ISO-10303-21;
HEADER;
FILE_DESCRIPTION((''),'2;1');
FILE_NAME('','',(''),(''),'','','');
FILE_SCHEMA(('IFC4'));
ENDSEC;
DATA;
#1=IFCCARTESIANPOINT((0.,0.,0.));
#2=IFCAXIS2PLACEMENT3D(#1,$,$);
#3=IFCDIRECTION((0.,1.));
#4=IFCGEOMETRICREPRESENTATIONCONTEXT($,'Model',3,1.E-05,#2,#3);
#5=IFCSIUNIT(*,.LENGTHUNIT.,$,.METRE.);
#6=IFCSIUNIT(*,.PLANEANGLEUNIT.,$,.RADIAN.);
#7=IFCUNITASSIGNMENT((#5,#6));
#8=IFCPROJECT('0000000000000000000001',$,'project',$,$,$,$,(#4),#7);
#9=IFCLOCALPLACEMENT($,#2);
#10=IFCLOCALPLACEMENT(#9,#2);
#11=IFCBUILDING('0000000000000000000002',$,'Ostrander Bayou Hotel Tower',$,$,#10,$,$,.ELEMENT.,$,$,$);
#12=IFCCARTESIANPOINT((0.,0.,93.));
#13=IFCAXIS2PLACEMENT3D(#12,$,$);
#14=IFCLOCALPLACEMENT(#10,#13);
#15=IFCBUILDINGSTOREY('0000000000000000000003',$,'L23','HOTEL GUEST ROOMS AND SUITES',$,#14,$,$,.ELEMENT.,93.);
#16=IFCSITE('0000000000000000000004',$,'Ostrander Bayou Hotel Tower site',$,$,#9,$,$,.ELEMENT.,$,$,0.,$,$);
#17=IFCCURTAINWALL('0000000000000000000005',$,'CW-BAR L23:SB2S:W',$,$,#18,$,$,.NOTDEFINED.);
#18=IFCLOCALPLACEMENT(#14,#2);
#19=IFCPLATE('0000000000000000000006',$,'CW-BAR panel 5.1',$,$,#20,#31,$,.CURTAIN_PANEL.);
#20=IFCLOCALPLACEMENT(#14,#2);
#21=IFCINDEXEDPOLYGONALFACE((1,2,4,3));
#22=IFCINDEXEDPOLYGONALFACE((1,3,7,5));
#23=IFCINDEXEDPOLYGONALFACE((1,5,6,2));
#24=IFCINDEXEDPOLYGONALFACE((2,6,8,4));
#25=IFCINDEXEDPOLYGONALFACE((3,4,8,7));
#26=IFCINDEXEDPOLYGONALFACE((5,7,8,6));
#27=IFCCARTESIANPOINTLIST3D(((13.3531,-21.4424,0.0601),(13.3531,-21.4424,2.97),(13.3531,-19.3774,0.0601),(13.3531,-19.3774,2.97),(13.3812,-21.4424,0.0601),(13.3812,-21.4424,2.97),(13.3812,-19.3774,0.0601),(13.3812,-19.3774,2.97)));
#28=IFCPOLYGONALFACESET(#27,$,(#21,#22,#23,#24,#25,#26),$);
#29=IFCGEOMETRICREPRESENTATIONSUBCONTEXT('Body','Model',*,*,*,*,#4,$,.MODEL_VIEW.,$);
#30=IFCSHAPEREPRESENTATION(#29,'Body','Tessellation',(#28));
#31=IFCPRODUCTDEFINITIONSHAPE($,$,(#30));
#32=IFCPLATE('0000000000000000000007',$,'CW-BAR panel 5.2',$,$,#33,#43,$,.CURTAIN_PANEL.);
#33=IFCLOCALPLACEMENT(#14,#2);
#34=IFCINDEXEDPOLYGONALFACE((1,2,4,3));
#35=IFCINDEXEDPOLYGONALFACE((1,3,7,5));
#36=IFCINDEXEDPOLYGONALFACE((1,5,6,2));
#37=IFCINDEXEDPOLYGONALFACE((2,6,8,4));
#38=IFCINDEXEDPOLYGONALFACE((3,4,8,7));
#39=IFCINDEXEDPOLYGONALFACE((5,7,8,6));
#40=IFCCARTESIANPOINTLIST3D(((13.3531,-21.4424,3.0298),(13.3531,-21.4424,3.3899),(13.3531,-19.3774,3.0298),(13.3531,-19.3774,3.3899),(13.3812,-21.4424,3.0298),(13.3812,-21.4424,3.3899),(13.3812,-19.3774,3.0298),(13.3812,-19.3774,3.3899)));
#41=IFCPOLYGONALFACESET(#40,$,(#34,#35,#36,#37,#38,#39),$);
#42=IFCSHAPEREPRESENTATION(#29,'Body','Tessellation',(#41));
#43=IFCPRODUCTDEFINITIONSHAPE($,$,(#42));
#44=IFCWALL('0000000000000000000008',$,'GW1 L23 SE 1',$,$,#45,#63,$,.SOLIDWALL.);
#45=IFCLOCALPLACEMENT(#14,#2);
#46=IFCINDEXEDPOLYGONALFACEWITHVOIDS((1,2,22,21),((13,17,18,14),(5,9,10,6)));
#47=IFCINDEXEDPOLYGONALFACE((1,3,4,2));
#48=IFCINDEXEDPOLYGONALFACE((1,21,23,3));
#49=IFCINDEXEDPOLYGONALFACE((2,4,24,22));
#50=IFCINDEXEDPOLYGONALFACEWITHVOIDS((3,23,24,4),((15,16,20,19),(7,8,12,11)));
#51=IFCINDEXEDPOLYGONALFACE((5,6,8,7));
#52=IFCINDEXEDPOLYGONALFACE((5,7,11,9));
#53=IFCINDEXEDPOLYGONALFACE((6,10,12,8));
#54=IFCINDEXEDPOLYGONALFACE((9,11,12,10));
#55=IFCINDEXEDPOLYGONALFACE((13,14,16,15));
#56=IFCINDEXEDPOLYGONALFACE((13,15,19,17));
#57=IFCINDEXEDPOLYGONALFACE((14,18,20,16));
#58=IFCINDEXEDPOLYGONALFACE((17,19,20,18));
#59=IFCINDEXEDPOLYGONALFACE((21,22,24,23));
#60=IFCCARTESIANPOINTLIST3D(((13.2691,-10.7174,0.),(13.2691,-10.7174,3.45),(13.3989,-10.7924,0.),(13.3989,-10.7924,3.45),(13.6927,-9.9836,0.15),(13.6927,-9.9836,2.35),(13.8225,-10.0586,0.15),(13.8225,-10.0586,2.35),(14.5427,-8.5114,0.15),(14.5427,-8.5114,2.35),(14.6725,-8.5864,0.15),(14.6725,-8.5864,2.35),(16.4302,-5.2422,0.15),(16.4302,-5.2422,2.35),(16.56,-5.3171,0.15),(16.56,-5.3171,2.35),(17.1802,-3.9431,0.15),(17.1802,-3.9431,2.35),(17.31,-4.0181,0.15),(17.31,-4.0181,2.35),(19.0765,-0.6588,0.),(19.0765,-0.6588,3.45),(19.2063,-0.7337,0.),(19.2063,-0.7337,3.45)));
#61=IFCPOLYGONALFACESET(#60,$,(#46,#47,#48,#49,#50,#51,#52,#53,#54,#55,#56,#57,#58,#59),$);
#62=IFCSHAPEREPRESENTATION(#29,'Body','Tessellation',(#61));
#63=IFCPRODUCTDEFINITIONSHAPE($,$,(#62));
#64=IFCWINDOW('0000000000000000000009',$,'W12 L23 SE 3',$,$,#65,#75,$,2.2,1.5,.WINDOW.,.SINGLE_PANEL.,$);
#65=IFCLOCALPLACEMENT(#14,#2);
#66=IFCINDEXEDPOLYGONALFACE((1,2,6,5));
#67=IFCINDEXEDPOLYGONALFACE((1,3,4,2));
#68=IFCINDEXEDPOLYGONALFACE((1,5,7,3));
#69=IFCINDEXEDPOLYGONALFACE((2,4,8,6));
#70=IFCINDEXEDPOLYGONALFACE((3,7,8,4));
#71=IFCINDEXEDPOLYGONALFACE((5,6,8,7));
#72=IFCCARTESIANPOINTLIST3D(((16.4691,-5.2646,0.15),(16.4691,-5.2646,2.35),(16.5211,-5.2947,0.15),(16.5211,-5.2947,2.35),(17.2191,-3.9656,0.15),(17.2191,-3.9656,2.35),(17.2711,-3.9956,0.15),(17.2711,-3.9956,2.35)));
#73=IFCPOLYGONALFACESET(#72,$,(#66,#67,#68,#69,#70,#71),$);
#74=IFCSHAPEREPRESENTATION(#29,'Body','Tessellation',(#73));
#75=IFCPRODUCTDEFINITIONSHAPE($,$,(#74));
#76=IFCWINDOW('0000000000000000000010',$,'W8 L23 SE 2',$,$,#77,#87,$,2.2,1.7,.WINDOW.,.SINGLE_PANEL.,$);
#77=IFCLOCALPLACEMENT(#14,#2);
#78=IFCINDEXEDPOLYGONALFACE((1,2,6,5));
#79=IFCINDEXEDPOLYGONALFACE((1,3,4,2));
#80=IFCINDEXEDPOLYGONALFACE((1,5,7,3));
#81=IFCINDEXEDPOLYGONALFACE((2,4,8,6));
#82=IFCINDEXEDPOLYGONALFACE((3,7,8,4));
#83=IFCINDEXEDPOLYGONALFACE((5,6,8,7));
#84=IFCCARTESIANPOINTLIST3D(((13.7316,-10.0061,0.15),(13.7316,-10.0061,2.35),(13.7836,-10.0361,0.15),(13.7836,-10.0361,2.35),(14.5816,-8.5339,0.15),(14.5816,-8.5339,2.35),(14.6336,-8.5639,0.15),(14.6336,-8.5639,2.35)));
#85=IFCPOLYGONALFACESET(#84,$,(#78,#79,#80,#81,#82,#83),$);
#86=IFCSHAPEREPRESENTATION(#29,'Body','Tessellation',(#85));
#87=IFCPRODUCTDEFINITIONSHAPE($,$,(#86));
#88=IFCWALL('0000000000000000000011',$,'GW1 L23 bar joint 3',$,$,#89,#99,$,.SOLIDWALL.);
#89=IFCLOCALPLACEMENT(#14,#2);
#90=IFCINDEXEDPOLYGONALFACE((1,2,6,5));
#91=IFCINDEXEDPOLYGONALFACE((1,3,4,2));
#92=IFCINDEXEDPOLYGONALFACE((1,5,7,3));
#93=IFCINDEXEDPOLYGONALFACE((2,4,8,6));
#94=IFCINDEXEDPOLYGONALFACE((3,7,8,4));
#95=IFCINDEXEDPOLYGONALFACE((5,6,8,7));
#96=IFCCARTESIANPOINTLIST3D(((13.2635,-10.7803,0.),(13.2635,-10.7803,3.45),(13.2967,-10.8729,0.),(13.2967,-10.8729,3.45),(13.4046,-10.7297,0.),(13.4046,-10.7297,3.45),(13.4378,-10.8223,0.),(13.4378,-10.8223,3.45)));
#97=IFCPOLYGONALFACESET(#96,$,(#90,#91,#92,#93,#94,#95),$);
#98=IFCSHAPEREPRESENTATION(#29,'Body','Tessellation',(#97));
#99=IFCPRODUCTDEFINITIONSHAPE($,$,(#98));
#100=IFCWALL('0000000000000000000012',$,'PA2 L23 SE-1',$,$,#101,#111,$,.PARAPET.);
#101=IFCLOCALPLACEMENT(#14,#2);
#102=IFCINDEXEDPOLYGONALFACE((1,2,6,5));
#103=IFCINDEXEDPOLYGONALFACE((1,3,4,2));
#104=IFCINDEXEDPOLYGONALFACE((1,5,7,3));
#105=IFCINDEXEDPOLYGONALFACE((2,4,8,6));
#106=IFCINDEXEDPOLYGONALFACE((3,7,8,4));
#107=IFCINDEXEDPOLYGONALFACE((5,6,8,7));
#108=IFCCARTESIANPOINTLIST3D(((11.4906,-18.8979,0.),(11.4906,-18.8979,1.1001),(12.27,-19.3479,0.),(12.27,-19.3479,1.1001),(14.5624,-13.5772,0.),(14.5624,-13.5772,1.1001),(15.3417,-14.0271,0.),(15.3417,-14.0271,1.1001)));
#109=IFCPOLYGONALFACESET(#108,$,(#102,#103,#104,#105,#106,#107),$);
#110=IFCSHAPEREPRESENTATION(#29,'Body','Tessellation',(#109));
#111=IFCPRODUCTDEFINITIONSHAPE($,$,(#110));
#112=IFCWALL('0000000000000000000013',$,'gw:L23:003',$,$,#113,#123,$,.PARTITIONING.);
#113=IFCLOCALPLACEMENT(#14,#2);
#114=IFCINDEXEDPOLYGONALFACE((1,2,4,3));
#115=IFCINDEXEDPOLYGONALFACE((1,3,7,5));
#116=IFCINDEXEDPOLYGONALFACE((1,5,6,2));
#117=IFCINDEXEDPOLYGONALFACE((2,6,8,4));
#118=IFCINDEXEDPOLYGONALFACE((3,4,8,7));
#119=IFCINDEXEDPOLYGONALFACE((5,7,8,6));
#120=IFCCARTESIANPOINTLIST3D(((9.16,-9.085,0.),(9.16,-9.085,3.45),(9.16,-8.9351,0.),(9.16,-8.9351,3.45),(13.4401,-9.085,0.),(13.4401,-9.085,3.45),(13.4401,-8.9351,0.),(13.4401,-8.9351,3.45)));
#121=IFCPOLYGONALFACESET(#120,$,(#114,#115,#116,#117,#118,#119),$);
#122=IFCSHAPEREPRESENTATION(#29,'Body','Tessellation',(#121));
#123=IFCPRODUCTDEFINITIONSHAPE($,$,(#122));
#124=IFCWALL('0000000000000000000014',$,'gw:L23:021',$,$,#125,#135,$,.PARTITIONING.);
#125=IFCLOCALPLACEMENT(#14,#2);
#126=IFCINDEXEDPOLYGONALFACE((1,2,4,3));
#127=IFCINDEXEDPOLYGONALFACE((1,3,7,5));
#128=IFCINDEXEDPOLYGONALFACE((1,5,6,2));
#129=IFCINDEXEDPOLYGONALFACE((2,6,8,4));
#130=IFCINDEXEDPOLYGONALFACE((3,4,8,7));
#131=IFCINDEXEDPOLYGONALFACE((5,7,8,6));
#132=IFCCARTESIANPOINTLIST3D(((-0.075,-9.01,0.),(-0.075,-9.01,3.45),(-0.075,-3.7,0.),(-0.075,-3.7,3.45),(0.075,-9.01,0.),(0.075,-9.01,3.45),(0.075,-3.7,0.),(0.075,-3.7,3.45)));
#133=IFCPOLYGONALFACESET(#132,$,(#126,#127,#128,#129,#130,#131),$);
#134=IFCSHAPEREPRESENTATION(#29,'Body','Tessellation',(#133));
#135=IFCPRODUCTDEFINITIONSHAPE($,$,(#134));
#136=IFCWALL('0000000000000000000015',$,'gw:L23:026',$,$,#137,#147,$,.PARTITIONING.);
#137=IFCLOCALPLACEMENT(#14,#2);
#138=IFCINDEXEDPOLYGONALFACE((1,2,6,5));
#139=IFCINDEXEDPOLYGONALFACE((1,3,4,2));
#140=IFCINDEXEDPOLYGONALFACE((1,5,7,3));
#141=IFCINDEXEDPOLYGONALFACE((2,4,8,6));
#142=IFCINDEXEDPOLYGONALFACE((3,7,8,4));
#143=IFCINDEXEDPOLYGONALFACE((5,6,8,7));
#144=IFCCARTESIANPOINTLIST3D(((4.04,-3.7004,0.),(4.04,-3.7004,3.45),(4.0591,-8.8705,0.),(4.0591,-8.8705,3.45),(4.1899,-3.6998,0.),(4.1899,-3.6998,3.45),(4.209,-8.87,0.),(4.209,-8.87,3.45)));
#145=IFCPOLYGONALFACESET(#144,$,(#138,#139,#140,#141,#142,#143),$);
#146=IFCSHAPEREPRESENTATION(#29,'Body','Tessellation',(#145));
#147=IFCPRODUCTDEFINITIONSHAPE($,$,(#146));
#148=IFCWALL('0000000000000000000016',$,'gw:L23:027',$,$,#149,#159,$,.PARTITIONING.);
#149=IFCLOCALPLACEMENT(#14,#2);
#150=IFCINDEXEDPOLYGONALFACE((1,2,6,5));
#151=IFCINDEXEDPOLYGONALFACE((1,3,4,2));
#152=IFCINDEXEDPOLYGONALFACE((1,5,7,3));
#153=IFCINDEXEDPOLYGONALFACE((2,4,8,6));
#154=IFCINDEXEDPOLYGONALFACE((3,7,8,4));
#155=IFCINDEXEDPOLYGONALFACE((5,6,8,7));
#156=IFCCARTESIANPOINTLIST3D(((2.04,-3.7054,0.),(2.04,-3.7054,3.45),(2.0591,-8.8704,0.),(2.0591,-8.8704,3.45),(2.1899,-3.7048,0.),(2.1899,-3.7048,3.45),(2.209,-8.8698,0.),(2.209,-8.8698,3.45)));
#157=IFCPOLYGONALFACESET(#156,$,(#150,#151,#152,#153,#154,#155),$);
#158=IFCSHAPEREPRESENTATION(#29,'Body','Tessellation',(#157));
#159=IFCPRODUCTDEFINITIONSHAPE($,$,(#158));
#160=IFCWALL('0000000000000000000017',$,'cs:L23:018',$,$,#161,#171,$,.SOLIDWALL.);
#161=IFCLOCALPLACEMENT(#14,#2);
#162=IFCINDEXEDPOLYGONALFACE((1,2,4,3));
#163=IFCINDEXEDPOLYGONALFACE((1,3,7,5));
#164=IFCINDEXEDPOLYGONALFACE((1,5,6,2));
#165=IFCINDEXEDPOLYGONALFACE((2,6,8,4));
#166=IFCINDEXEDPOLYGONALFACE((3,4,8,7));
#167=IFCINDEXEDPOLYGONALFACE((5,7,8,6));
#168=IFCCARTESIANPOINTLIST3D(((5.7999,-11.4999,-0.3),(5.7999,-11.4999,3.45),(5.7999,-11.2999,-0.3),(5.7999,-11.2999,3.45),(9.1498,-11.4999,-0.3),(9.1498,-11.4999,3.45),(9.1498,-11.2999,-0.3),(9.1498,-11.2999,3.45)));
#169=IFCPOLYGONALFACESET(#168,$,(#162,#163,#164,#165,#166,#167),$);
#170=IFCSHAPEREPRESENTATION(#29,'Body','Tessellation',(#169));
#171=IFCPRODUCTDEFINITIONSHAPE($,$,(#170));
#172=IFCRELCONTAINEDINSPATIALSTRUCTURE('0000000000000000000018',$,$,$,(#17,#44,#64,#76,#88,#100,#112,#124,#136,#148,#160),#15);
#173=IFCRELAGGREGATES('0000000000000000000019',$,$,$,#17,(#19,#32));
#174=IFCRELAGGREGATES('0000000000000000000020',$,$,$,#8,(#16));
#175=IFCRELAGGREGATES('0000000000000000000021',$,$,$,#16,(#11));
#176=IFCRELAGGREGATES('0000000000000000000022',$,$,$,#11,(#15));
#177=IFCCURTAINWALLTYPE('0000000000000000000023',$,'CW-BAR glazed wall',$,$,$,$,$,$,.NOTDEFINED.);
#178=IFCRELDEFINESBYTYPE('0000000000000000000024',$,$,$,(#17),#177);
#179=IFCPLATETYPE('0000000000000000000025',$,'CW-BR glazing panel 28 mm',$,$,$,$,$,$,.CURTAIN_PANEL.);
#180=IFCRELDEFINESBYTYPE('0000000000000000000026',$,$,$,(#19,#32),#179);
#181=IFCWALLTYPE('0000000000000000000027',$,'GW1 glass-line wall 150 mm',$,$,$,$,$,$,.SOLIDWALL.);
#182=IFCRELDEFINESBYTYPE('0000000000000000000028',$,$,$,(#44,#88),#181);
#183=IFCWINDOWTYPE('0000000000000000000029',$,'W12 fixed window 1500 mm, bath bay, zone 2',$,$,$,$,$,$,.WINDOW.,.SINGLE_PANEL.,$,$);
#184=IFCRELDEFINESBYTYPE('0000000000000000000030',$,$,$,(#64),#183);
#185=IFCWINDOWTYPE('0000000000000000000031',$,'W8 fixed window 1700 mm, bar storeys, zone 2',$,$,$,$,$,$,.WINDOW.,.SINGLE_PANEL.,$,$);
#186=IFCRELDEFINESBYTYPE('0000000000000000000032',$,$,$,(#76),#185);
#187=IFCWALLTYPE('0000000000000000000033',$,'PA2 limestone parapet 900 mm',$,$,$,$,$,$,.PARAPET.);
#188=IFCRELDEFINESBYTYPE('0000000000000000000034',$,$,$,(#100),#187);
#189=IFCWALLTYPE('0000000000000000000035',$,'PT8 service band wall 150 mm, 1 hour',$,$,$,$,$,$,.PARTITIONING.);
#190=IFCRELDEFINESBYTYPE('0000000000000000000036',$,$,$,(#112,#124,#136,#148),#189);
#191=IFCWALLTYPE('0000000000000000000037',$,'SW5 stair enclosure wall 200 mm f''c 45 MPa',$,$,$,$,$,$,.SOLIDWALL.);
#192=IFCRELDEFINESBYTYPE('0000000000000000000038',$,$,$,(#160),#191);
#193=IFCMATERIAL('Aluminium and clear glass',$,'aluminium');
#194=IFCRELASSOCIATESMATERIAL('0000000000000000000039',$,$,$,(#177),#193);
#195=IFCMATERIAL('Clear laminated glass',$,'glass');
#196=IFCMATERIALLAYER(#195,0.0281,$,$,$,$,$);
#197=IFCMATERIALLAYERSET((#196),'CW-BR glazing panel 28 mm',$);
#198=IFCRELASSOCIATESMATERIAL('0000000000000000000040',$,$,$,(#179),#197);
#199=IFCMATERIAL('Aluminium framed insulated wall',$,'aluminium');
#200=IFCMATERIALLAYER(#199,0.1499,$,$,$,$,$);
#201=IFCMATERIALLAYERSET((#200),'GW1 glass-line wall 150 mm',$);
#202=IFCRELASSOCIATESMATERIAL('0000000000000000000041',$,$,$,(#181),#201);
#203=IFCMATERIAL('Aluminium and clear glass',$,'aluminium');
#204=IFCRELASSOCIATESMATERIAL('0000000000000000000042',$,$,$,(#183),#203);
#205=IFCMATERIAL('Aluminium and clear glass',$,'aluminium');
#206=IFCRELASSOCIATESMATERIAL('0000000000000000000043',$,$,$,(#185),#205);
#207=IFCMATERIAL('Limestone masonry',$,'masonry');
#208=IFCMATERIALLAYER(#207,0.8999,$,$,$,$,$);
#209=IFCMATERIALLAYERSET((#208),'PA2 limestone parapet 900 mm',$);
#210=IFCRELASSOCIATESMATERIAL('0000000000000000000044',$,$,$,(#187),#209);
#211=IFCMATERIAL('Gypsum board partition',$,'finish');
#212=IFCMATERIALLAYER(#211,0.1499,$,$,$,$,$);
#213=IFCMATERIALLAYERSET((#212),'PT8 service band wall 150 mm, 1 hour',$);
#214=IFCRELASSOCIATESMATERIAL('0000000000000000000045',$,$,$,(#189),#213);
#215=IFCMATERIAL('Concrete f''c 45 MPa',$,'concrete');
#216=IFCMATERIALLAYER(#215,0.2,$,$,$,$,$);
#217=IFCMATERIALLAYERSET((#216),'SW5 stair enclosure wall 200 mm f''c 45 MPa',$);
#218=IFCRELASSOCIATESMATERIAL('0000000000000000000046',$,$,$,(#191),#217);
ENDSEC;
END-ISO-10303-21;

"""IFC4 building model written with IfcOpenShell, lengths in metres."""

from ifc_helpers import new_model, si_unit, direction, frame, frame_2d, origin, origin_2d, place, context, subcontext, project, spatial, rectangle, extrude, material, layer, layer_set, type_object, element, fill, aggregate, save


model = new_model("IFC4")

# Units and contexts
model_context = context("Model", 3, precision=1e-05, world=origin(), true_north=direction((0.0, 1.0)))
body_context = subcontext(model_context, "Body", "Model", "MODEL_VIEW")
ifc_project = project(units=[si_unit("LENGTHUNIT", "METRE"), si_unit("PLANEANGLEUNIT", "RADIAN")], contexts=[model_context])

# Site, building, storey
site_placement = place(None, origin())
site = spatial("IfcSite", under=ifc_project, at=site_placement, Name="Ostrander Bayou Hotel Tower site", CompositionType="ELEMENT", RefElevation=0.0)
building_placement = place(site_placement, origin())
building = spatial("IfcBuilding", under=site, at=building_placement, Name="Ostrander Bayou Hotel Tower", CompositionType="ELEMENT")
storey_placement = place(building_placement, frame((0.0, 0.0, 93.0)))
storey = spatial("IfcBuildingStorey", under=building, at=storey_placement, Name="L23", Description="HOTEL GUEST ROOMS AND SUITES", CompositionType="ELEMENT", Elevation=93.0)

# Curtain wall
ifc_material_1 = material(Name="Aluminium and clear glass", Category="aluminium")
curtain_wall_type = type_object("IfcCurtainWallType", Name="CW-BAR glazed wall", PredefinedType="NOTDEFINED", material=ifc_material_1)
curtain_wall_placement = place(storey_placement, origin())
curtain_wall = element("IfcCurtainWall", 1, at=curtain_wall_placement, inside=storey, type_object=curtain_wall_type, Name="CW-BAR L23:SB2S:W", PredefinedType="NOTDEFINED")

# Plates
ifc_material_2 = material(Name="Clear laminated glass", Category="glass")
ifc_layer_1 = layer(ifc_material_2, 0.0281)
ifc_layer_set_1 = layer_set([ifc_layer_1], Name="CW-BR glazing panel 28 mm")
plate_type = type_object("IfcPlateType", Name="CW-BR glazing panel 28 mm", PredefinedType="CURTAIN_PANEL", material=ifc_layer_set_1)
plate_1_placement = place(storey_placement, frame((13.3672, -20.4099, 0.0601), z_axis=(0.0, 0.0, 1.0), x_axis=(0.0, -1.0, 0.0)))
plate_1 = element("IfcPlate", 2, at=plate_1_placement, type_object=plate_type, Name="CW-BAR panel 5.1", PredefinedType="CURTAIN_PANEL", context=body_context, shape_type="SweptSolid", body=[
    extrude(rectangle(XDim=2.0649, YDim=0.0281, at=origin_2d()), origin(), (0.0, 0.0, 1.0), 2.9099),
])
plate_2_placement = place(storey_placement, frame((13.3672, -20.4099, 3.0298), z_axis=(0.0, 0.0, 1.0), x_axis=(0.0, -1.0, 0.0)))
plate_2 = element("IfcPlate", 3, at=plate_2_placement, type_object=plate_type, Name="CW-BAR panel 5.2", PredefinedType="CURTAIN_PANEL", context=body_context, shape_type="SweptSolid", body=[
    extrude(rectangle(XDim=2.0649, YDim=0.0281, at=origin_2d()), origin(), (0.0, 0.0, 1.0), 0.3601),
])
aggregate(curtain_wall, [plate_1, plate_2])

# Wall, openings, windows
ifc_material_3 = material(Name="Aluminium framed insulated wall", Category="aluminium")
ifc_layer_2 = layer(ifc_material_3, 0.1499)
ifc_layer_set_2 = layer_set([ifc_layer_2], Name="GW1 glass-line wall 150 mm")
wall_type_1 = type_object("IfcWallType", Name="GW1 glass-line wall 150 mm", PredefinedType="SOLIDWALL", material=ifc_layer_set_2)
wall_1_placement = place(storey_placement, frame((13.334, -10.7549, 0.0), z_axis=(0.0, 0.0, 1.0), x_axis=(0.500003, 0.866024, 0.0)))
wall_1 = element("IfcWall", 4, at=wall_1_placement, inside=storey, type_object=wall_type_1, Name="GW1 L23 SE 1", PredefinedType="SOLIDWALL", context=body_context, shape_type="SweptSolid", body=[
    extrude(rectangle(XDim=11.6147, YDim=0.1499, at=frame_2d((5.8074, 0.0))), origin(), (0.0, 0.0, 1.0), 3.45),
])
opening_1_placement = place(wall_1_placement, frame((0.8472, 0.0, 0.1499)))
opening_1 = element("IfcOpeningElement", 5, at=opening_1_placement, cuts=wall_1, PredefinedType="OPENING", context=body_context, shape_type="SweptSolid", body=[
    extrude(rectangle(XDim=1.7, YDim=2.2, at=frame_2d((0.8501, 1.1001))), frame((0.0, 0.075, 0.0), z_axis=(0.0, -1.0, 0.0), x_axis=(1.0, 0.0, 0.0)), (0.0, 0.0, 1.0), 0.1499),
])
opening_2_placement = place(wall_1_placement, frame((6.3223, 0.0, 0.1499)))
opening_2 = element("IfcOpeningElement", 6, at=opening_2_placement, cuts=wall_1, PredefinedType="OPENING", context=body_context, shape_type="SweptSolid", body=[
    extrude(rectangle(XDim=1.5, YDim=2.2, at=frame_2d((0.75, 1.1001))), frame((0.0, 0.075, 0.0), z_axis=(0.0, -1.0, 0.0), x_axis=(1.0, 0.0, 0.0)), (0.0, 0.0, 1.0), 0.1499),
])
ifc_material_4 = material(Name="Aluminium and clear glass", Category="aluminium")
window_type_1 = type_object("IfcWindowType", Name="W12 fixed window 1500 mm, bath bay, zone 2", PartitioningType="SINGLE_PANEL", PredefinedType="WINDOW", material=ifc_material_4)
window_1_placement = place(opening_2_placement, origin())
window_1 = element("IfcWindow", 7, at=window_1_placement, inside=storey, type_object=window_type_1, Name="W12 L23 SE 3", OverallHeight=2.2, OverallWidth=1.5, PartitioningType="SINGLE_PANEL", PredefinedType="WINDOW", context=body_context, shape_type="SweptSolid", body=[
    extrude(rectangle(XDim=1.5, YDim=2.2, at=frame_2d((0.75, 1.1001))), frame((0.0, 0.03, 0.0), z_axis=(0.0, -1.0, 0.0), x_axis=(1.0, 0.0, 0.0)), (0.0, 0.0, 1.0), 0.0601),
])
fill(opening_2, window_1)
ifc_material_5 = material(Name="Aluminium and clear glass", Category="aluminium")
window_type_2 = type_object("IfcWindowType", Name="W8 fixed window 1700 mm, bar storeys, zone 2", PartitioningType="SINGLE_PANEL", PredefinedType="WINDOW", material=ifc_material_5)
window_2_placement = place(opening_1_placement, origin())
window_2 = element("IfcWindow", 8, at=window_2_placement, inside=storey, type_object=window_type_2, Name="W8 L23 SE 2", OverallHeight=2.2, OverallWidth=1.7, PartitioningType="SINGLE_PANEL", PredefinedType="WINDOW", context=body_context, shape_type="SweptSolid", body=[
    extrude(rectangle(XDim=1.7, YDim=2.2, at=frame_2d((0.8501, 1.1001))), frame((0.0, 0.03, 0.0), z_axis=(0.0, -1.0, 0.0), x_axis=(1.0, 0.0, 0.0)), (0.0, 0.0, 1.0), 0.0601),
])
fill(opening_1, window_2)

# Walls
wall_2_placement = place(storey_placement, frame((13.334, -10.7549, 0.0), z_axis=(0.0, 0.0, 1.0), x_axis=(0.337752, -0.941235, 0.0)))
element("IfcWall", 9, at=wall_2_placement, inside=storey, type_object=wall_type_1, Name="GW1 L23 bar joint 3", PredefinedType="SOLIDWALL", context=body_context, shape_type="SweptSolid", body=[
    extrude(rectangle(XDim=0.0984, YDim=0.1499, at=frame_2d((0.0493, 0.0))), origin(), (0.0, 0.0, 1.0), 3.45),
])
ifc_material_6 = material(Name="Limestone masonry", Category="masonry")
ifc_layer_3 = layer(ifc_material_6, 0.8999)
ifc_layer_set_3 = layer_set([ifc_layer_3], Name="PA2 limestone parapet 900 mm")
wall_type_2 = type_object("IfcWallType", Name="PA2 limestone parapet 900 mm", PredefinedType="PARAPET", material=ifc_layer_set_3)
wall_3_placement = place(storey_placement, frame((11.8804, -19.1228, 0.0), z_axis=(0.0, 0.0, 1.0), x_axis=(0.499977, 0.866039, 0.0)))
element("IfcWall", 10, at=wall_3_placement, inside=storey, type_object=wall_type_2, Name="PA2 L23 SE-1", PredefinedType="PARAPET", context=body_context, shape_type="SweptSolid", body=[
    extrude(rectangle(XDim=6.1438, YDim=0.8999, at=frame_2d((3.0718, 0.0))), origin(), (0.0, 0.0, 1.0), 1.1001),
])
ifc_material_7 = material(Name="Gypsum board partition", Category="finish")
ifc_layer_4 = layer(ifc_material_7, 0.1499)
ifc_layer_set_4 = layer_set([ifc_layer_4], Name="PT8 service band wall 150 mm, 1 hour")
wall_type_3 = type_object("IfcWallType", Name="PT8 service band wall 150 mm, 1 hour", PredefinedType="PARTITIONING", material=ifc_layer_set_4)
wall_4_placement = place(storey_placement, frame((9.1599, -9.01, 0.0), z_axis=(0.0, 0.0, 1.0), x_axis=(1.0, 0.0, 0.0)))
element("IfcWall", 11, at=wall_4_placement, inside=storey, type_object=wall_type_3, Name="gw:L23:003", PredefinedType="PARTITIONING", context=body_context, shape_type="SweptSolid", body=[
    extrude(rectangle(XDim=4.28, YDim=0.1499, at=frame_2d((2.1401, 0.0))), origin(), (0.0, 0.0, 1.0), 3.45),
])
wall_5_placement = place(storey_placement, frame((0.0, -9.01, 0.0), z_axis=(0.0, 0.0, 1.0), x_axis=(0.0, 1.0, 0.0)))
element("IfcWall", 12, at=wall_5_placement, inside=storey, type_object=wall_type_3, Name="gw:L23:021", PredefinedType="PARTITIONING", context=body_context, shape_type="SweptSolid", body=[
    extrude(rectangle(XDim=5.3101, YDim=0.1499, at=frame_2d((2.655, 0.0))), origin(), (0.0, 0.0, 1.0), 3.45),
])
wall_6_placement = place(storey_placement, frame((4.134, -8.8701, 0.0), z_axis=(0.0, 0.0, 1.0), x_axis=(-0.003683, 0.999993, 0.0)))
element("IfcWall", 13, at=wall_6_placement, inside=storey, type_object=wall_type_3, Name="gw:L23:026", PredefinedType="PARTITIONING", context=body_context, shape_type="SweptSolid", body=[
    extrude(rectangle(XDim=5.1702, YDim=0.1499, at=frame_2d((2.585, 0.0))), origin(), (0.0, 0.0, 1.0), 3.45),
])
wall_7_placement = place(storey_placement, frame((2.134, -8.8701, 0.0), z_axis=(0.0, 0.0, 1.0), x_axis=(-0.003687, 0.999993, 0.0)))
element("IfcWall", 14, at=wall_7_placement, inside=storey, type_object=wall_type_3, Name="gw:L23:027", PredefinedType="PARTITIONING", context=body_context, shape_type="SweptSolid", body=[
    extrude(rectangle(XDim=5.165, YDim=0.1499, at=frame_2d((2.5825, 0.0))), origin(), (0.0, 0.0, 1.0), 3.45),
])
ifc_material_8 = material(Name="Concrete f'c 45 MPa", Category="concrete")
ifc_layer_5 = layer(ifc_material_8, 0.2)
ifc_layer_set_5 = layer_set([ifc_layer_5], Name="SW5 stair enclosure wall 200 mm f'c 45 MPa")
wall_type_4 = type_object("IfcWallType", Name="SW5 stair enclosure wall 200 mm f'c 45 MPa", PredefinedType="SOLIDWALL", material=ifc_layer_set_5)
wall_8_placement = place(storey_placement, frame((5.8, -11.3999, -0.3), z_axis=(0.0, 0.0, 1.0), x_axis=(1.0, 0.0, 0.0)))
element("IfcWall", 15, at=wall_8_placement, inside=storey, type_object=wall_type_4, Name="cs:L23:018", PredefinedType="SOLIDWALL", context=body_context, shape_type="SweptSolid", body=[
    extrude(rectangle(XDim=3.3499, YDim=0.2, at=frame_2d((1.6748, 0.0))), origin(), (0.0, 0.0, 1.0), 3.75),
])

save(model, "model.ifc")
